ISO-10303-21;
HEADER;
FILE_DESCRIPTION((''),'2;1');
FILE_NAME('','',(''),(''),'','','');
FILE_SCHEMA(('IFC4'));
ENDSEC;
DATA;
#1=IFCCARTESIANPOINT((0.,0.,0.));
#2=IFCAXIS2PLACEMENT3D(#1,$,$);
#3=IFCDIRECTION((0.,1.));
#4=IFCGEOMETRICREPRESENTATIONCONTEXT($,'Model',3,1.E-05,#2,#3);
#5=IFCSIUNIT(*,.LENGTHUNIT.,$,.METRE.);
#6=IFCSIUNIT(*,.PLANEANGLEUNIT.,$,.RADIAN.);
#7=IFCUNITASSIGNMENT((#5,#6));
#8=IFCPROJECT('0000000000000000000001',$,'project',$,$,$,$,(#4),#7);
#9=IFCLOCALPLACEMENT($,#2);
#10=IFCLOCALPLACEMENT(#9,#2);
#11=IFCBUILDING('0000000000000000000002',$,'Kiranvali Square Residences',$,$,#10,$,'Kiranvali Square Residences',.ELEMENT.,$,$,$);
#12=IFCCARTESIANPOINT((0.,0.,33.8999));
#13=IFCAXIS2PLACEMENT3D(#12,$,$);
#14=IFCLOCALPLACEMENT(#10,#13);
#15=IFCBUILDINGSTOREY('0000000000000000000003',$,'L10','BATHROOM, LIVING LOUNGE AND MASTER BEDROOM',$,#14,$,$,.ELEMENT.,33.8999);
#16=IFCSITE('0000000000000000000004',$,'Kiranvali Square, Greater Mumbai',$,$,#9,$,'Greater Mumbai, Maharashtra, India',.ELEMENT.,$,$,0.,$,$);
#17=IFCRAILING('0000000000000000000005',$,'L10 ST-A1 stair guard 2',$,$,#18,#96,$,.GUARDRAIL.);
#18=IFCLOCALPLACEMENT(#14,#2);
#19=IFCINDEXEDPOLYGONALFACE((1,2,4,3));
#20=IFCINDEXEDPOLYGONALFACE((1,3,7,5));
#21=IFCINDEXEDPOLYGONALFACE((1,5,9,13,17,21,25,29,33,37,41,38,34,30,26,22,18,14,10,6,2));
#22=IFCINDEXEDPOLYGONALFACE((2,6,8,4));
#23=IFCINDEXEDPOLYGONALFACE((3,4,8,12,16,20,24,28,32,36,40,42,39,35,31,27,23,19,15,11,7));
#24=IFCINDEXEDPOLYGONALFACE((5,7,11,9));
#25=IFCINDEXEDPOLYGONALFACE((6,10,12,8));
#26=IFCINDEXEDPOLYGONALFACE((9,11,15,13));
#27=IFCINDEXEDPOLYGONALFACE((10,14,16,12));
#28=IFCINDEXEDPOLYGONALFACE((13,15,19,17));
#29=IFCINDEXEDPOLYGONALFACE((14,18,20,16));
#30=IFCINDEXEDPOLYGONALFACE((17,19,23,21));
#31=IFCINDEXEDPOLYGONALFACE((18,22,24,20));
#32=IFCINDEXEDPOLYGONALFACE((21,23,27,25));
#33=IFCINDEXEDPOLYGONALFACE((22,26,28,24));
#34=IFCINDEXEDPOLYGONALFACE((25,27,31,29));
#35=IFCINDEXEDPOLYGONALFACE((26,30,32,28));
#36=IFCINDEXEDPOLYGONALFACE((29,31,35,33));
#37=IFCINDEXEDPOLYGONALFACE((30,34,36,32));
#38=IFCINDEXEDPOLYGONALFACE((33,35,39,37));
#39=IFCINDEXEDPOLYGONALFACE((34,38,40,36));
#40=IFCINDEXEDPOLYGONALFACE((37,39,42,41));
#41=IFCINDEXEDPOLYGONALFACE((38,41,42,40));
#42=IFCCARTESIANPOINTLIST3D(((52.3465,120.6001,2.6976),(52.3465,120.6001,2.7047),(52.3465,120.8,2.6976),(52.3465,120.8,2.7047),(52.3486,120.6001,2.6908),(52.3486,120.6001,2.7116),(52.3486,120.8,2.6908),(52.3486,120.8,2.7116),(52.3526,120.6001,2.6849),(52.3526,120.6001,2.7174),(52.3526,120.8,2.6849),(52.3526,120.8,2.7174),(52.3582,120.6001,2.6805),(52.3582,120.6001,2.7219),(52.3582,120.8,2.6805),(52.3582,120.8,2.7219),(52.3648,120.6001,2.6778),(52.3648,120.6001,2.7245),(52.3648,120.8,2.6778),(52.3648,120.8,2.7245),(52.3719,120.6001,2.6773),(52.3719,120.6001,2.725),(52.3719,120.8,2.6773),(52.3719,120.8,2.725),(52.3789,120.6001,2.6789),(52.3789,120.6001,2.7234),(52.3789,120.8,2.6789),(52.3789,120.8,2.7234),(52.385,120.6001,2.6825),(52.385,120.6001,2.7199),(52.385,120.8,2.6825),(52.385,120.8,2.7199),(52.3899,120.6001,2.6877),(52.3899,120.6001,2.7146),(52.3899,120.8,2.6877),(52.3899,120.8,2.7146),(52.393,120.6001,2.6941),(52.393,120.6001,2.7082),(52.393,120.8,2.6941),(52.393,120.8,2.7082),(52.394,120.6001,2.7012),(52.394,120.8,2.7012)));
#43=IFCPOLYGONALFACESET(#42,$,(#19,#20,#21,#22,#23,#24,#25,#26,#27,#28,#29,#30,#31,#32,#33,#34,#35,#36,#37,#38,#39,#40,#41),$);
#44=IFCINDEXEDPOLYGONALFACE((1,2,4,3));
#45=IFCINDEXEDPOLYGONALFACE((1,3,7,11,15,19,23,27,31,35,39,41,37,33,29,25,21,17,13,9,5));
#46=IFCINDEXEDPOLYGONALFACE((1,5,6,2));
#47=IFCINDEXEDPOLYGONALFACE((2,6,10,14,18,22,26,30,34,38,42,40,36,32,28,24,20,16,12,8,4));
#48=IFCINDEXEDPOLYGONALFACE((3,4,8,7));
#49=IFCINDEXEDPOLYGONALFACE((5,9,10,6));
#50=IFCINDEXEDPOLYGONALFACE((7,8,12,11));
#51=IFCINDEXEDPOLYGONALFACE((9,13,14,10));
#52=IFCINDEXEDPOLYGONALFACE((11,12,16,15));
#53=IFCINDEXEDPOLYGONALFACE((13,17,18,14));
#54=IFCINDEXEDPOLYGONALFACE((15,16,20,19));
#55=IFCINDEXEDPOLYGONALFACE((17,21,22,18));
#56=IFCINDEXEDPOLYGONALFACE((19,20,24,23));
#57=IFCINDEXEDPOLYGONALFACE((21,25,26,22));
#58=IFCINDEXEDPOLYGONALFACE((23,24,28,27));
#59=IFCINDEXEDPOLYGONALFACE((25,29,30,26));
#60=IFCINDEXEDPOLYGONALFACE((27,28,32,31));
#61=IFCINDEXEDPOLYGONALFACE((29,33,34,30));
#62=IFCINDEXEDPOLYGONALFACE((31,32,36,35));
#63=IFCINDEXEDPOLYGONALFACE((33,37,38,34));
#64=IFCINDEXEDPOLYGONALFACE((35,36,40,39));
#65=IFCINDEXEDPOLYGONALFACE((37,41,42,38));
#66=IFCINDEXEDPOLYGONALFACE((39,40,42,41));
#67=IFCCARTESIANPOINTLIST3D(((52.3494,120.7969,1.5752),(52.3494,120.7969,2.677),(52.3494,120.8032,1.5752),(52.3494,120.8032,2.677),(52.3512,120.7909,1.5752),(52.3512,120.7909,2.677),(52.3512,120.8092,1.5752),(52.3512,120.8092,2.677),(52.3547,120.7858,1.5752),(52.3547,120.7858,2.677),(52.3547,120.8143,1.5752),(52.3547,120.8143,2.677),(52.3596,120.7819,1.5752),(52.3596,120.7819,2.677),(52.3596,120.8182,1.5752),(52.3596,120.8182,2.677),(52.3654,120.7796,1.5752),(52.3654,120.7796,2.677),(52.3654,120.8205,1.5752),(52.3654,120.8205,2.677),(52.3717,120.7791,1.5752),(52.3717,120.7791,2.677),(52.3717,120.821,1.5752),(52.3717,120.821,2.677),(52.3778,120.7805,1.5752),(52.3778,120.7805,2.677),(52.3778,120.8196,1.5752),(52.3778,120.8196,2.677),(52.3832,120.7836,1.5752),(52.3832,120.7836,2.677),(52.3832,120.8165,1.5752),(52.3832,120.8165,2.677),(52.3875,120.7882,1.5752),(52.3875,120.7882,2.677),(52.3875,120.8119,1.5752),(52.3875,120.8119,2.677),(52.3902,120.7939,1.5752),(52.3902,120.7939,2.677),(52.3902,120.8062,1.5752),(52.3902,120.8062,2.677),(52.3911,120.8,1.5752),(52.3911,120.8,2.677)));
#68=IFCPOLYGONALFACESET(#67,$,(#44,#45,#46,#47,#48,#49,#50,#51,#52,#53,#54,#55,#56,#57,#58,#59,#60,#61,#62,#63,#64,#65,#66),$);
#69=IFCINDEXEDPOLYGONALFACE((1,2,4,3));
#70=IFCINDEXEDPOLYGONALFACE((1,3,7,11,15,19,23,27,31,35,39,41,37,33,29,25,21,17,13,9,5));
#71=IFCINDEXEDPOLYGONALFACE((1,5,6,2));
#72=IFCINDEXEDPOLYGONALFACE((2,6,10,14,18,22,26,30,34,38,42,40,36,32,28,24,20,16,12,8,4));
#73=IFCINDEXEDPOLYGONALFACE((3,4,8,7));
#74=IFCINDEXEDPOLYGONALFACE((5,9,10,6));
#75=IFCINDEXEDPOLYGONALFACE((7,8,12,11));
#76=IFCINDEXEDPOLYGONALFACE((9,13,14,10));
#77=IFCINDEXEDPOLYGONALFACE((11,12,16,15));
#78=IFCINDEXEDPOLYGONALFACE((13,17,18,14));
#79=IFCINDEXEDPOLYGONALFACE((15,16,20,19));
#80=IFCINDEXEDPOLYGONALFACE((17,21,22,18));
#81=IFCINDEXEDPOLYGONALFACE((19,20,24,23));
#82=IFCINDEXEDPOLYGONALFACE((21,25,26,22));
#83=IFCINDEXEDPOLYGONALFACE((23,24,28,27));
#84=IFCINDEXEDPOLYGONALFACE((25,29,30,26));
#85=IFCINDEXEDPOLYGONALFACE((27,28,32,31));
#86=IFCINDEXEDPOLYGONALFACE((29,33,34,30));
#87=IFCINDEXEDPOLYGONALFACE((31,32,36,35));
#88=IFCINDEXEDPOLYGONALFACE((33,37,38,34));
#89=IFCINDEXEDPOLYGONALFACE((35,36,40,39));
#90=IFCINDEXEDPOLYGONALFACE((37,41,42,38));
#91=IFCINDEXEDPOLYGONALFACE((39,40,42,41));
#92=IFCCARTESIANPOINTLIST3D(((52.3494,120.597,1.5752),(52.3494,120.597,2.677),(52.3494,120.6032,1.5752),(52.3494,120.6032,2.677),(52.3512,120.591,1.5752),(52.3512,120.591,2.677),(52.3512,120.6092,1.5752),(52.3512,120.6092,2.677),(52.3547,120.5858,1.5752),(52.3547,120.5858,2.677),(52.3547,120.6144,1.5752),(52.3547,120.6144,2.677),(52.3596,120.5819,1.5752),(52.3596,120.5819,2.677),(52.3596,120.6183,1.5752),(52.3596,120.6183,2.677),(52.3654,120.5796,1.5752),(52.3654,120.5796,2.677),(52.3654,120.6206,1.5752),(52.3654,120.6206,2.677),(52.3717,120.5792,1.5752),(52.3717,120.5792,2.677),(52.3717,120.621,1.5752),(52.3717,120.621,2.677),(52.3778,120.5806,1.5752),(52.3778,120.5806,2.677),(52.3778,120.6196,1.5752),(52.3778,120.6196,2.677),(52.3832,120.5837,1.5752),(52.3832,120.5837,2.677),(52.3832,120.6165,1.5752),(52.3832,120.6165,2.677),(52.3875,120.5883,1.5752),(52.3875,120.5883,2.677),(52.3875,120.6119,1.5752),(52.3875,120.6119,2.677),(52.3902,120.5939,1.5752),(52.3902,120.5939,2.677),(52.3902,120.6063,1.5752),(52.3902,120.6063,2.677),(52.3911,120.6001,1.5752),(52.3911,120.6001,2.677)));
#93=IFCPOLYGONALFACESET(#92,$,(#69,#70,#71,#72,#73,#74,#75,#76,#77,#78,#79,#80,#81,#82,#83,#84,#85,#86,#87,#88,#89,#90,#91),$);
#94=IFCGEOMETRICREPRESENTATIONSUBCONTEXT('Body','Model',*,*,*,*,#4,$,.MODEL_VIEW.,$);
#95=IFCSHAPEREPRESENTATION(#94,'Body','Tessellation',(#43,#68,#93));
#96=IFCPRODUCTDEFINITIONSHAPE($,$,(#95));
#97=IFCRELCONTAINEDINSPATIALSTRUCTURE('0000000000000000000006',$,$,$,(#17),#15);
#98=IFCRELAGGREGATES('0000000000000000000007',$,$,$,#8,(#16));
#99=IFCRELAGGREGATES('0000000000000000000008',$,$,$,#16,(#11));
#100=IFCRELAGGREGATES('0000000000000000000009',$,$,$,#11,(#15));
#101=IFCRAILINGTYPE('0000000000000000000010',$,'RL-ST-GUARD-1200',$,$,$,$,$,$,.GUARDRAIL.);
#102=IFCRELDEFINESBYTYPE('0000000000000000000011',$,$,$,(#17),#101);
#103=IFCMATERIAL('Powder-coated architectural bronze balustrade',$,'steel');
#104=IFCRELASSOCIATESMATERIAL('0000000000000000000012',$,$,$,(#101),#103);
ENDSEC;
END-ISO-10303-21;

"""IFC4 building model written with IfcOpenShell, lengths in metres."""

from ifc_helpers import new_model, si_unit, direction, frame, origin, origin_2d, place, context, subcontext, project, spatial, circle, extrude, material, type_object, element, save


model = new_model("IFC4")

# Units and contexts
model_context = context("Model", 3, precision=1e-05, world=origin(), true_north=direction((0.0, 1.0)))
body_context = subcontext(model_context, "Body", "Model", "MODEL_VIEW")
ifc_project = project(units=[si_unit("LENGTHUNIT", "METRE"), si_unit("PLANEANGLEUNIT", "RADIAN")], contexts=[model_context])

# Site, building, storey
site_placement = place(None, origin())
site = spatial("IfcSite", under=ifc_project, at=site_placement, Name="Kiranvali Square, Greater Mumbai", LongName="Greater Mumbai, Maharashtra, India", CompositionType="ELEMENT", RefElevation=0.0)
building_placement = place(site_placement, origin())
building = spatial("IfcBuilding", under=site, at=building_placement, Name="Kiranvali Square Residences", LongName="Kiranvali Square Residences", CompositionType="ELEMENT")
storey_placement = place(building_placement, frame((0.0, 0.0, 33.8999)))
storey = spatial("IfcBuildingStorey", under=building, at=storey_placement, Name="L10", Description="BATHROOM, LIVING LOUNGE AND MASTER BEDROOM", CompositionType="ELEMENT", Elevation=33.8999)

# Railing
ifc_material_1 = material(Name="Powder-coated architectural bronze balustrade", Category="steel")
railing_type_1 = type_object("IfcRailingType", Name="RL-ST-GUARD-1200", PredefinedType="GUARDRAIL", material=ifc_material_1)
railing_1_placement = place(storey_placement, frame((52.3701, 120.8, 1.5752)))
element("IfcRailing", 1, at=railing_1_placement, inside=storey, type_object=railing_type_1, Name="L10 ST-A1 stair guard 2", PredefinedType="GUARDRAIL", context=body_context, shape_type="SweptSolid", body=[
    extrude(circle(Radius=0.0239, at=origin_2d()), frame((0.0, 0.0, 1.126), z_axis=(0.0, -1.0, 0.0), x_axis=(1.0, 0.0, 0.0)), (0.0, 0.0, 1.0), 0.2),
    extrude(circle(Radius=0.021, at=origin_2d()), origin(), (0.0, 0.0, 1.0), 1.1018),
    extrude(circle(Radius=0.021, at=origin_2d()), frame((0.0, -0.2, 0.0)), (0.0, 0.0, 1.0), 1.1018),
])

save(model, "model.ifc")
